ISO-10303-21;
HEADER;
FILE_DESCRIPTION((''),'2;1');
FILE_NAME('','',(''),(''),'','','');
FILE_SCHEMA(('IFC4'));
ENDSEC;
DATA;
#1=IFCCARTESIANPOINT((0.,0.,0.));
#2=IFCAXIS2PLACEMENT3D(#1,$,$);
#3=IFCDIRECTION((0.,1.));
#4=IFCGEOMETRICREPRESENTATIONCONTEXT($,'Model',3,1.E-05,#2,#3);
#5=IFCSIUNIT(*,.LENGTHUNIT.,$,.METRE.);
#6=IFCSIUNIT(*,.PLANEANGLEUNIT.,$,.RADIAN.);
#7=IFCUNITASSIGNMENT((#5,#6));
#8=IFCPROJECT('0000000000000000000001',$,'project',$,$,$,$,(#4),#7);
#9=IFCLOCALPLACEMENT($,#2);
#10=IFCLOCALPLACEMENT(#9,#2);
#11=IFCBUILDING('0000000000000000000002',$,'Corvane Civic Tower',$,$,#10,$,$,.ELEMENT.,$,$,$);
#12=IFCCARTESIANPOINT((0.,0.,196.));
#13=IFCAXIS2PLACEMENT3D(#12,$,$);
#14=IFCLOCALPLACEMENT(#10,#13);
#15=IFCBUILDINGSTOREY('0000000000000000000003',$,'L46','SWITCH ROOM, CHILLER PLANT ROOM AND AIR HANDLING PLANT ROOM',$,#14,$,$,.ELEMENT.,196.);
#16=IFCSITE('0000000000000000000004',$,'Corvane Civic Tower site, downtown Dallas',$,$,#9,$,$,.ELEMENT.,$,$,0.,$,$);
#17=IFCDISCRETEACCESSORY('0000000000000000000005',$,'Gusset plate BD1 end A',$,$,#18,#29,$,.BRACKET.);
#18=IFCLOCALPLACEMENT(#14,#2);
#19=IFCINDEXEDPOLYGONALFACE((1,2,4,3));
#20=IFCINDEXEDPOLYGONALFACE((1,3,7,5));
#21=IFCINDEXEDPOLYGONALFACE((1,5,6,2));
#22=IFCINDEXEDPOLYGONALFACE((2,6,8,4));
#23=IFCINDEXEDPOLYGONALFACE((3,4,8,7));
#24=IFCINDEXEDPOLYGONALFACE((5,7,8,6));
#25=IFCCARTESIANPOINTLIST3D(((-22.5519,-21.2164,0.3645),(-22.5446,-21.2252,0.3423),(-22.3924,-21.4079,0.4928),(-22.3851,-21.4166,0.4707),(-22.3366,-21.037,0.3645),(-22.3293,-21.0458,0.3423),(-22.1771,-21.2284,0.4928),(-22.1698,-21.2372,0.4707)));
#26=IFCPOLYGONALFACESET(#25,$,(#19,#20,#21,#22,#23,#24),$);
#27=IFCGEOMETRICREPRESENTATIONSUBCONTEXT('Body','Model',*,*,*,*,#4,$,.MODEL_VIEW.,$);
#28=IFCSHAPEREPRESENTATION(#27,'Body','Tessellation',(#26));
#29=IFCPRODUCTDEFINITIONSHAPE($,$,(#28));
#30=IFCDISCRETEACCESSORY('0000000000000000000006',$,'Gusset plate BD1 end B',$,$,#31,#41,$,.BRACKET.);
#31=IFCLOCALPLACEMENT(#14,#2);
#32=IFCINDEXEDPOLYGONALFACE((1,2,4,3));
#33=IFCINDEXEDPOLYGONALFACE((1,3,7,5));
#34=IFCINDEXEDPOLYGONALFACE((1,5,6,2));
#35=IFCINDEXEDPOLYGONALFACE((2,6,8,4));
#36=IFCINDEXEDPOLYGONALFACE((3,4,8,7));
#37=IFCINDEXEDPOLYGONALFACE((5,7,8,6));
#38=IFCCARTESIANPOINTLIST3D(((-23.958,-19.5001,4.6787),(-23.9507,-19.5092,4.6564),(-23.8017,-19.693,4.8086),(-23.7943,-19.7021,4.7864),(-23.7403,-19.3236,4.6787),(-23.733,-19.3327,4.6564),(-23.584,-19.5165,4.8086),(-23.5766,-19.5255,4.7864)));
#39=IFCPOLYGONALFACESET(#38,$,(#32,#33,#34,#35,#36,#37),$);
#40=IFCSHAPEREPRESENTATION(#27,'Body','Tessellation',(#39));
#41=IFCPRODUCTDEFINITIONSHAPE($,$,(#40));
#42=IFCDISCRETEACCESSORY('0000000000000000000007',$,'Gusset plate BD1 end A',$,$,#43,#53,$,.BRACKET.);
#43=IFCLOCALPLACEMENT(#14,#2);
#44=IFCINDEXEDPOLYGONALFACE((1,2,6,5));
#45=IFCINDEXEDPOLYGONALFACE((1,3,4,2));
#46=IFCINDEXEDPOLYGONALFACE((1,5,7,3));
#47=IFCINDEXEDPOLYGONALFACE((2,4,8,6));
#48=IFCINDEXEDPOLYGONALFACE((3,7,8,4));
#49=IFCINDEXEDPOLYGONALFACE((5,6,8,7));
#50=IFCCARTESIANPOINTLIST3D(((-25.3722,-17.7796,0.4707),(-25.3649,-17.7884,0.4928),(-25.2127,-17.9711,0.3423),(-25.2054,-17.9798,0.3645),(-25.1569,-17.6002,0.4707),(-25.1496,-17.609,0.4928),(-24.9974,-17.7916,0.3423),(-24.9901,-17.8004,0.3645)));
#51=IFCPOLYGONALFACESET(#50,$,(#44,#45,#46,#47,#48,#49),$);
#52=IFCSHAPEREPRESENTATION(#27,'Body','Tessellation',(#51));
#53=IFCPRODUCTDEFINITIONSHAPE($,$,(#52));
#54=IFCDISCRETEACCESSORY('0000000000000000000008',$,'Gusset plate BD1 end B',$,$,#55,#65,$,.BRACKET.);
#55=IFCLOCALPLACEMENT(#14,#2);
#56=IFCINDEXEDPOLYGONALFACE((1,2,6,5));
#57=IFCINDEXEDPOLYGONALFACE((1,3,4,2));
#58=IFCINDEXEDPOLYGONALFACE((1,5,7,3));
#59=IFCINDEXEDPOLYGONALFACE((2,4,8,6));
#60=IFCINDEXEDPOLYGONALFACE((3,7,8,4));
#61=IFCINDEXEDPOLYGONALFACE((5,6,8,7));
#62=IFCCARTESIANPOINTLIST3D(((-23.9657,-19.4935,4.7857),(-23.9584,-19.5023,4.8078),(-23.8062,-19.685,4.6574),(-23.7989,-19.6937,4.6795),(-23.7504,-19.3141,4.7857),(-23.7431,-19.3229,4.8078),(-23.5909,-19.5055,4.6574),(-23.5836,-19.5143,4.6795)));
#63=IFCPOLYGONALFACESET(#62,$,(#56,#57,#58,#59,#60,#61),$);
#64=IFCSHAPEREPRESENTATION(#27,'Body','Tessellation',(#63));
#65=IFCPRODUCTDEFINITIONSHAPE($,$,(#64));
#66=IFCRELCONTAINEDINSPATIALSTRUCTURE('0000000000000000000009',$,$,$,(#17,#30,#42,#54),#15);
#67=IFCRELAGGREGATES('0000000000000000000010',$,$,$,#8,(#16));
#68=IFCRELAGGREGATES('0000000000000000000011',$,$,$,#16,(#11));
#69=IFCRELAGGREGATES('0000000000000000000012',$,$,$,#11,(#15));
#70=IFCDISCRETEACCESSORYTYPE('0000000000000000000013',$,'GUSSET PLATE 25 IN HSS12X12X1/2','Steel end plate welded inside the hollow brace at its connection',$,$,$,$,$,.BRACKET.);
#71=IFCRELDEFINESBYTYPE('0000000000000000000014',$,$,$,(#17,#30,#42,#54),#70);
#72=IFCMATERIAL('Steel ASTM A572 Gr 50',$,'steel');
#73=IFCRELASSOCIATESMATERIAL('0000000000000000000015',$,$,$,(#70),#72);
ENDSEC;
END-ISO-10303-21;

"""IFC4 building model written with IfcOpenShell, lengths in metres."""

from ifc_helpers import new_model, si_unit, direction, frame, origin, origin_2d, place, context, subcontext, project, spatial, rectangle, extrude, material, material_profile, profile_set, type_object, element, save


model = new_model("IFC4")

# Units and contexts
model_context = context("Model", 3, precision=1e-05, world=origin(), true_north=direction((0.0, 1.0)))
body_context = subcontext(model_context, "Body", "Model", "MODEL_VIEW")
ifc_project = project(units=[si_unit("LENGTHUNIT", "METRE"), si_unit("PLANEANGLEUNIT", "RADIAN")], contexts=[model_context])

# Site, building, storey
site_placement = place(None, origin())
site = spatial("IfcSite", under=ifc_project, at=site_placement, Name="Corvane Civic Tower site, downtown Dallas", CompositionType="ELEMENT", RefElevation=0.0)
building_placement = place(site_placement, origin())
building = spatial("IfcBuilding", under=site, at=building_placement, Name="Corvane Civic Tower", CompositionType="ELEMENT")
storey_placement = place(building_placement, frame((0.0, 0.0, 196.0)))
storey = spatial("IfcBuildingStorey", under=building, at=storey_placement, Name="L46", Description="SWITCH ROOM, CHILLER PLANT ROOM AND AIR HANDLING PLANT ROOM", CompositionType="ELEMENT", Elevation=196.0)

# Discrete accessories
ifc_material_1 = material(Name="Steel ASTM A572 Gr 50", Category="steel")
ifc_material_profile_1 = material_profile(ifc_material_1, rectangle(XDim=0.2803, YDim=0.2803, at=origin_2d()), Name="GUSSET PLATE 25 IN HSS12X12X1/2")
ifc_profile_set_1 = profile_set([ifc_material_profile_1], Name="Steel ASTM A572 Gr 50")
discrete_accessory_type = type_object("IfcDiscreteAccessoryType", Name="GUSSET PLATE 25 IN HSS12X12X1/2", Description="Steel end plate welded inside the hollow brace at its connection", PredefinedType="BRACKET", material=ifc_profile_set_1)
discrete_accessory_1_placement = place(storey_placement, frame((-22.3572, -21.2312, 0.4065), z_axis=(-0.293091, 0.351709, 0.889043), x_axis=(-0.768221, -0.640184, 0.0)))
element("IfcDiscreteAccessory", 1, at=discrete_accessory_1_placement, inside=storey, type_object=discrete_accessory_type, Name="Gusset plate BD1 end A", PredefinedType="BRACKET", context=body_context, shape_type="SweptSolid", body=[
    extrude(rectangle(XDim=0.2803, YDim=0.2803, at=origin_2d()), origin(), (0.0, 0.0, 1.0), 0.0249),
])
discrete_accessory_2_placement = place(storey_placement, frame((-23.771, -19.5083, 4.7437), z_axis=(0.292075, -0.360226, -0.885962), x_axis=(0.776756, 0.629802, 0.0)))
element("IfcDiscreteAccessory", 2, at=discrete_accessory_2_placement, inside=storey, type_object=discrete_accessory_type, Name="Gusset plate BD1 end B", PredefinedType="BRACKET", context=body_context, shape_type="SweptSolid", body=[
    extrude(rectangle(XDim=0.2803, YDim=0.2803, at=origin_2d()), origin(), (0.0, 0.0, 1.0), 0.0251),
])
for number, where, z_axis, x_axis, name in (
    (3, (-25.1848, -17.7856, 0.4065), (0.293091, -0.351709, 0.889043), (0.768221, 0.640184, 0.0), "Gusset plate BD1 end A"),
    (4, (-23.771, -19.5083, 4.7437), (-0.293091, 0.351709, -0.889043), (-0.768221, -0.640184, 0.0), "Gusset plate BD1 end B"),
):
    element("IfcDiscreteAccessory", number, at=place(storey_placement, frame(where, z_axis=z_axis, x_axis=x_axis)), inside=storey, type_object=discrete_accessory_type, Name=name, PredefinedType="BRACKET", context=body_context, shape_type="SweptSolid", body=[
        extrude(rectangle(XDim=0.2803, YDim=0.2803, at=origin_2d()), origin(), (0.0, 0.0, 1.0), 0.0249),
    ])

save(model, "model.ifc")
